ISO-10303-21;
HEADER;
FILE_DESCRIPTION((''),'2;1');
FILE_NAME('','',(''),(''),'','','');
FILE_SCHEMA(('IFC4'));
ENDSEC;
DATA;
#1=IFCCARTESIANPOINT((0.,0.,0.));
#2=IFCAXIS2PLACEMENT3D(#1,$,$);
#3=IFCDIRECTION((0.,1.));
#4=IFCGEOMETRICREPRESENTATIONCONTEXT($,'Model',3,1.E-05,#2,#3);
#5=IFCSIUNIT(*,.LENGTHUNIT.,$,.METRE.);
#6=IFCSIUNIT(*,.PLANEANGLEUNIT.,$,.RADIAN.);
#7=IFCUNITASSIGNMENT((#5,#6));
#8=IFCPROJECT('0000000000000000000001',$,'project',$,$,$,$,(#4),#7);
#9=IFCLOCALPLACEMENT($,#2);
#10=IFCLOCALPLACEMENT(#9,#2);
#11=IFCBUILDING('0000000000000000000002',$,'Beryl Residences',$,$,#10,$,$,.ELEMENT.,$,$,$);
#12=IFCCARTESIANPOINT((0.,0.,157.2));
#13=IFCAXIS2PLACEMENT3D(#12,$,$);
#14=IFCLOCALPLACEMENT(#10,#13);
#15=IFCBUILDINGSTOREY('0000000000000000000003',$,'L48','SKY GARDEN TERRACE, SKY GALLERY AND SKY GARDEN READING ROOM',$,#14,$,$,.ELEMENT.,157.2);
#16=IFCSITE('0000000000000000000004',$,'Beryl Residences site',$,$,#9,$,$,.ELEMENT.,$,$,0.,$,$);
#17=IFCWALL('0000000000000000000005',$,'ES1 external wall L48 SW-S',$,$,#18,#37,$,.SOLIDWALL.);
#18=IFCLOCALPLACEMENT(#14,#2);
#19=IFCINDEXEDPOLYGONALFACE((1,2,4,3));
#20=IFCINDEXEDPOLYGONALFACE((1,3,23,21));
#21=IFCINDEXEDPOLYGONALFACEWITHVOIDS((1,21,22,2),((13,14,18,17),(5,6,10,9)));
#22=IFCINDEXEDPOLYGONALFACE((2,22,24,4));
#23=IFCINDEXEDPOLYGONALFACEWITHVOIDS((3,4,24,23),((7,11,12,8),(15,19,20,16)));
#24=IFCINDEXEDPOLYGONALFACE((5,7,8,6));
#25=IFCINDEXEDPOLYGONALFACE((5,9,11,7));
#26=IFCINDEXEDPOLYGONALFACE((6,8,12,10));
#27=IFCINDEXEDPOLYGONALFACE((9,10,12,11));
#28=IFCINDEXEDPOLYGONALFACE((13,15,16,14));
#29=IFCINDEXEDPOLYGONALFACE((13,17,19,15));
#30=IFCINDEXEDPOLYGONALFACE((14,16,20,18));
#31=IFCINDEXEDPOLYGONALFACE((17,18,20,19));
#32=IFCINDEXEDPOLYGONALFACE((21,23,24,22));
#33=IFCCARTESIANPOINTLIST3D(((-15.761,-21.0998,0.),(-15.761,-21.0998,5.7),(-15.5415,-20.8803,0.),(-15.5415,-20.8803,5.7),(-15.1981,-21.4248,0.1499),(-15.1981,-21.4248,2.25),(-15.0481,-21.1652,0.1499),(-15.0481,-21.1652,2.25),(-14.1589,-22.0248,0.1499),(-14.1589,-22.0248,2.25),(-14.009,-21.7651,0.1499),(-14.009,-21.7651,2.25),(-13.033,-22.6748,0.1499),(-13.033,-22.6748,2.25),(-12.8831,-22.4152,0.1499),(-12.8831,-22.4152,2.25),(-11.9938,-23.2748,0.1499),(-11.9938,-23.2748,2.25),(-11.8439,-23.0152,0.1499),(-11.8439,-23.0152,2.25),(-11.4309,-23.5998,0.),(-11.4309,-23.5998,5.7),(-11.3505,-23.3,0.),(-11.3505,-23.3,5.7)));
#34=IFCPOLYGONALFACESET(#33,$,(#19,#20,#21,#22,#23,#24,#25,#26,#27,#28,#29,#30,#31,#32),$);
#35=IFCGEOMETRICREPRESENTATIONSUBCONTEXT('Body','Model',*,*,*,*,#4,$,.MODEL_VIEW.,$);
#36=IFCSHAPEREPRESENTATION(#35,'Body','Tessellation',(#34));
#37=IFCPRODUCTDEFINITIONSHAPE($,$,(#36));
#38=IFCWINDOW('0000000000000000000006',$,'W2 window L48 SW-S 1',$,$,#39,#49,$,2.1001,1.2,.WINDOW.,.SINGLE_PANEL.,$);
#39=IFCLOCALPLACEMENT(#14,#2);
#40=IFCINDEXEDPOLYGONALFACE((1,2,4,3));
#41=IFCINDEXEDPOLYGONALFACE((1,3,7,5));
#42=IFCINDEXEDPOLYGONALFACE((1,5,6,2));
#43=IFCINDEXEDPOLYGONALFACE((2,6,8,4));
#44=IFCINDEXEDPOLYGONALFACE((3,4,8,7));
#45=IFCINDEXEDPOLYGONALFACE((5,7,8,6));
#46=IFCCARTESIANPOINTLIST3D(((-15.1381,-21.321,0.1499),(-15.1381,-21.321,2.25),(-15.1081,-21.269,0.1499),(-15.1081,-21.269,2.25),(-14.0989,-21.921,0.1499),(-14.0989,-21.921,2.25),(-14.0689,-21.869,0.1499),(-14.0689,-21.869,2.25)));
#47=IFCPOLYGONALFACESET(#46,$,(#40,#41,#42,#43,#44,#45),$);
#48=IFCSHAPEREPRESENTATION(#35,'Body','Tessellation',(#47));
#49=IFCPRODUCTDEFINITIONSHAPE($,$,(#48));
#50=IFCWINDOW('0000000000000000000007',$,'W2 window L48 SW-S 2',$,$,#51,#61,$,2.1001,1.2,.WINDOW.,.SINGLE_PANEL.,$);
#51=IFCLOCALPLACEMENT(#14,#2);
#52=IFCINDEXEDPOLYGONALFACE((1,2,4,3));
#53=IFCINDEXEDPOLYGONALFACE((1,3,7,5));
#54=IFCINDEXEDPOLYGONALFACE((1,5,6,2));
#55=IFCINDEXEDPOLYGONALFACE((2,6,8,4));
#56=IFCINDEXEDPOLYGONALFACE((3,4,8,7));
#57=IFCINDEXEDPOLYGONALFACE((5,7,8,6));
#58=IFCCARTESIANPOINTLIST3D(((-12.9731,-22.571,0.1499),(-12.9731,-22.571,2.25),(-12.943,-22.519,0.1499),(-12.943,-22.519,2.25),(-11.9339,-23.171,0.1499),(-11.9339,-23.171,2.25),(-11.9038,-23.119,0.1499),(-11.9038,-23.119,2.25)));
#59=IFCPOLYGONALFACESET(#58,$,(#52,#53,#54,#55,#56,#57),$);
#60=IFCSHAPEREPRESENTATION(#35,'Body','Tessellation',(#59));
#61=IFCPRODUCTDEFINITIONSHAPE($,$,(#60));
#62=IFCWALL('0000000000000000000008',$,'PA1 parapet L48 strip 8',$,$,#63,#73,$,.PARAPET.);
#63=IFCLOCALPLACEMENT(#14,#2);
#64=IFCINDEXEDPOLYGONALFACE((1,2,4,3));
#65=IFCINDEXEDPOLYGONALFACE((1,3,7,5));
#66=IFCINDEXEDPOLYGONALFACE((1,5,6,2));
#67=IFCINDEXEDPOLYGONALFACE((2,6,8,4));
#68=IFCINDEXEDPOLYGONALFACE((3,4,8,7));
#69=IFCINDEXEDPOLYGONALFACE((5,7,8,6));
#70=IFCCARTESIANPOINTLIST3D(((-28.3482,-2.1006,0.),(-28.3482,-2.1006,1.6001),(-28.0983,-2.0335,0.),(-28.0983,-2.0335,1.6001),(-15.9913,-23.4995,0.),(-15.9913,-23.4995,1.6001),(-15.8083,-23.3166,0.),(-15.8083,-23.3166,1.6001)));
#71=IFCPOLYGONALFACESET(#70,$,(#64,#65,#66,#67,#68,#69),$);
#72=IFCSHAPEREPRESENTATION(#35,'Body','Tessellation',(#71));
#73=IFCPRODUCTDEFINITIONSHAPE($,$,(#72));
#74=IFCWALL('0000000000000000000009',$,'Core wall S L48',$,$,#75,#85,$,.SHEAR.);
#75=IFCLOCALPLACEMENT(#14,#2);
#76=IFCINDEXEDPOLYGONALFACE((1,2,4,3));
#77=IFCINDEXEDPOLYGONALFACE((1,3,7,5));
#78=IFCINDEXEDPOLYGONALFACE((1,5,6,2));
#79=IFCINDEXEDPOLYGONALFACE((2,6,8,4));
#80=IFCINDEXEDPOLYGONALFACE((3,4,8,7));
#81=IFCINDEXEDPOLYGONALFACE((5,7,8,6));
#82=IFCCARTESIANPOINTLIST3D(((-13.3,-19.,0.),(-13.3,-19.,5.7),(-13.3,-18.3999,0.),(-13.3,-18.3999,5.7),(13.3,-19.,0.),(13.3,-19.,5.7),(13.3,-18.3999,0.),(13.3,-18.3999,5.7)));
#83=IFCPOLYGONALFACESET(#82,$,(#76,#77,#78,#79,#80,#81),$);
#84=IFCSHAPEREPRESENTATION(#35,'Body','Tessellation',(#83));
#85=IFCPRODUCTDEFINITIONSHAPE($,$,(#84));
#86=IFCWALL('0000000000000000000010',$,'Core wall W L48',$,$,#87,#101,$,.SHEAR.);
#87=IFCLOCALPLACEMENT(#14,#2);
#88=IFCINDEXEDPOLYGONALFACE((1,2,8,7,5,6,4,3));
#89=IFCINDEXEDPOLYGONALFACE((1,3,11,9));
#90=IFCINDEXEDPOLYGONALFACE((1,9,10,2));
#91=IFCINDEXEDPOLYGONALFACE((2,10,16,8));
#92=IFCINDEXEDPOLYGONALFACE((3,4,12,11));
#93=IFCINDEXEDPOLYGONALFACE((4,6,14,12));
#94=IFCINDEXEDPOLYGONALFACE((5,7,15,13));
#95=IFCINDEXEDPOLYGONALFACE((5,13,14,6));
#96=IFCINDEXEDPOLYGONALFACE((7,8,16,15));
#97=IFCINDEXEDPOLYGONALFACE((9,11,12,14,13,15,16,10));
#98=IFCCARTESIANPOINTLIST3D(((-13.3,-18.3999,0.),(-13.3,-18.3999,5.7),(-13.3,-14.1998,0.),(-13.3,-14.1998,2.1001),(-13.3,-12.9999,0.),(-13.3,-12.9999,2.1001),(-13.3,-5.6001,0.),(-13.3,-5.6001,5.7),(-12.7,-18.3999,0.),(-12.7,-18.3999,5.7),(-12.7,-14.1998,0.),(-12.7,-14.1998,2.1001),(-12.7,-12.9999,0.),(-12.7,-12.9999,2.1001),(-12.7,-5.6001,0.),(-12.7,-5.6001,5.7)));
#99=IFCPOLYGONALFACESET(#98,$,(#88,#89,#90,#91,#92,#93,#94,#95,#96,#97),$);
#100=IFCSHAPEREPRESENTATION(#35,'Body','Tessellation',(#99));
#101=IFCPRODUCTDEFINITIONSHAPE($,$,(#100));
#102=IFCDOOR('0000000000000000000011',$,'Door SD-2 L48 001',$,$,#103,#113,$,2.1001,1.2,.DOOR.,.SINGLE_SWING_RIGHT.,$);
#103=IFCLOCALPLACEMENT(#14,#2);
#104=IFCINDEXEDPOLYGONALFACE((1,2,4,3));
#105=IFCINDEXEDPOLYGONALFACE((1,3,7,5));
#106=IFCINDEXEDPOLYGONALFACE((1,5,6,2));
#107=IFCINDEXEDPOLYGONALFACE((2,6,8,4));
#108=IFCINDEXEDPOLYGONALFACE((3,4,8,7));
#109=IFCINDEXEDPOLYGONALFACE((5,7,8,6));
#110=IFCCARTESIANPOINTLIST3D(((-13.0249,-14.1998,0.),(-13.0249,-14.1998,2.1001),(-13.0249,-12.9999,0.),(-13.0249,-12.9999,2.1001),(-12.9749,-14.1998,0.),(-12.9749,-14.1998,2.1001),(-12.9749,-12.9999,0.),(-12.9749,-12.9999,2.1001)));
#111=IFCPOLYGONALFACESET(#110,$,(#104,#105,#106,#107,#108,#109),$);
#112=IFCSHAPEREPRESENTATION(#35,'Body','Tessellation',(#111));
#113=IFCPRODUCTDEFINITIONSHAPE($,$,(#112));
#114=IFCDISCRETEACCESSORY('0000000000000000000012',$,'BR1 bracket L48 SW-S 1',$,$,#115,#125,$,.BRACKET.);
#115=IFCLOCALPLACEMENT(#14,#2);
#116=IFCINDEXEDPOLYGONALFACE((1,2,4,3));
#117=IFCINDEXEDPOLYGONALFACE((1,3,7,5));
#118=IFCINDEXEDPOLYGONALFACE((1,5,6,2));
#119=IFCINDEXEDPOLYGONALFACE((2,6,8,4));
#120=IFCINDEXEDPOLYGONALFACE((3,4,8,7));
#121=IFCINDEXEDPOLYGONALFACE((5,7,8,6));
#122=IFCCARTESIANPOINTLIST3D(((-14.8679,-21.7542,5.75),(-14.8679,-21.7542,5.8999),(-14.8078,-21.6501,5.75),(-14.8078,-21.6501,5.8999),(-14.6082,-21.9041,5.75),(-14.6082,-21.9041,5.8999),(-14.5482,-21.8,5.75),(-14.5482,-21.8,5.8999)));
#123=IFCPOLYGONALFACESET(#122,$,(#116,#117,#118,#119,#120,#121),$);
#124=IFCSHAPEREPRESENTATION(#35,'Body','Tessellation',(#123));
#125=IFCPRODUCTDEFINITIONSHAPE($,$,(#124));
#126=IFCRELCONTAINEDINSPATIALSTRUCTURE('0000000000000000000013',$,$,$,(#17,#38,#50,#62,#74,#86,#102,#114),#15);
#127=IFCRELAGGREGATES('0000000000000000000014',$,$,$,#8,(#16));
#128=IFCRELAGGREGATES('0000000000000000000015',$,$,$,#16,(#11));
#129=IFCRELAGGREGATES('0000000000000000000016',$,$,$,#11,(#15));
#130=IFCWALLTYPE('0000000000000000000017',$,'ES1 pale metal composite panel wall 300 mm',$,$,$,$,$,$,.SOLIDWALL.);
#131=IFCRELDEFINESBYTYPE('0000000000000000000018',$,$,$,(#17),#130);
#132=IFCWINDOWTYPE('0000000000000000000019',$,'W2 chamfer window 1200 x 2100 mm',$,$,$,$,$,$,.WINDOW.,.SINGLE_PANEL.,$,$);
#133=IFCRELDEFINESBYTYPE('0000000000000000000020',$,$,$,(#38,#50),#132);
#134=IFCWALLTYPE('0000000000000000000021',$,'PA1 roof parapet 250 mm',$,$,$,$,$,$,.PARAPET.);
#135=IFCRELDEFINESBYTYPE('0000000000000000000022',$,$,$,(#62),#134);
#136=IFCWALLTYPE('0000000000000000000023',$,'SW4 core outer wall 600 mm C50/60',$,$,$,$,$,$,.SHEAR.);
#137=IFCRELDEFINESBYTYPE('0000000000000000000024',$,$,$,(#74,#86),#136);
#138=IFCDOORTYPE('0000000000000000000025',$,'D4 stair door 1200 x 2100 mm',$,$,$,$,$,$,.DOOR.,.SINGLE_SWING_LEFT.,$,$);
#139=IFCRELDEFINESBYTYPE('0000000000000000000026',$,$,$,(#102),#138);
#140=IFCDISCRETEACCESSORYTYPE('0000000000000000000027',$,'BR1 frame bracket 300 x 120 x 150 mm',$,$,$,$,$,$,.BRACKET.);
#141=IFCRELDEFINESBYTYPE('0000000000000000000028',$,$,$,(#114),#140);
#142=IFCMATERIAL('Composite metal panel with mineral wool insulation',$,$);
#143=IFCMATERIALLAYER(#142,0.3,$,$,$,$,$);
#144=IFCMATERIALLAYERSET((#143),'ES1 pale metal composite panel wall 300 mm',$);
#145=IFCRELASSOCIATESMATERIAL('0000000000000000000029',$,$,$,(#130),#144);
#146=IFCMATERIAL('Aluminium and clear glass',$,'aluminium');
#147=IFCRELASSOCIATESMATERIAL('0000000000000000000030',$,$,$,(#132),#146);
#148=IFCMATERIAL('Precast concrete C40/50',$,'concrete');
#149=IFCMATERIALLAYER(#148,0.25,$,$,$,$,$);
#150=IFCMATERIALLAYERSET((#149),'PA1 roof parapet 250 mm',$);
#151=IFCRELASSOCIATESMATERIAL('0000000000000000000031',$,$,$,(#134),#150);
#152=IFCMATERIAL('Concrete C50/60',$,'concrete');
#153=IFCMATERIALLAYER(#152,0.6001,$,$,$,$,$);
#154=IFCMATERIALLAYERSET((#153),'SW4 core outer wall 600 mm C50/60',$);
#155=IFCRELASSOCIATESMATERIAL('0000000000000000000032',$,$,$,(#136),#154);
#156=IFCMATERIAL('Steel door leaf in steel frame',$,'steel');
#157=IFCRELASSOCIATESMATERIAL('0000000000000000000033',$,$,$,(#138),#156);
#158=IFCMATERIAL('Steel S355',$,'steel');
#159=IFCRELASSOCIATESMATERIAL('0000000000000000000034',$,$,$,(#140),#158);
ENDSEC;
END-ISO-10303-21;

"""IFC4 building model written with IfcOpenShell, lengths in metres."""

from ifc_helpers import new_model, si_unit, direction, frame, frame_2d, origin, place, context, subcontext, project, spatial, polyline, rectangle, outline, extrude, source, transform, mapped, material, layer, layer_set, type_object, type_shapes, element, fill, save


model = new_model("IFC4")

# Units and contexts
model_context = context("Model", 3, precision=1e-05, world=origin(), true_north=direction((0.0, 1.0)))
body_context = subcontext(model_context, "Body", "Model", "MODEL_VIEW")
ifc_project = project(units=[si_unit("LENGTHUNIT", "METRE"), si_unit("PLANEANGLEUNIT", "RADIAN")], contexts=[model_context])

# Site, building, storey
site_placement = place(None, origin())
site = spatial("IfcSite", under=ifc_project, at=site_placement, Name="Beryl Residences site", CompositionType="ELEMENT", RefElevation=0.0)
building_placement = place(site_placement, origin())
building = spatial("IfcBuilding", under=site, at=building_placement, Name="Beryl Residences", CompositionType="ELEMENT")
storey_placement = place(building_placement, frame((0.0, 0.0, 157.2)))
storey = spatial("IfcBuildingStorey", under=building, at=storey_placement, Name="L48", Description="SKY GARDEN TERRACE, SKY GALLERY AND SKY GARDEN READING ROOM", CompositionType="ELEMENT", Elevation=157.2)

# Wall, openings, windows
ifc_material_1 = material(Name="Composite metal panel with mineral wool insulation")
ifc_layer_1 = layer(ifc_material_1, 0.3)
ifc_layer_set_1 = layer_set([ifc_layer_1], Name="ES1 pale metal composite panel wall 300 mm")
wall_type_1 = type_object("IfcWallType", Name="ES1 pale metal composite panel wall 300 mm", PredefinedType="SOLIDWALL", material=ifc_layer_set_1)
wall_1_placement = place(storey_placement, frame((-15.686, -20.97, 0.0), z_axis=(0.0, 0.0, 1.0), x_axis=(0.866023, -0.500004, 0.0)))
wall_1 = element("IfcWall", 1, at=wall_1_placement, inside=storey, type_object=wall_type_1, Name="ES1 external wall L48 SW-S", PredefinedType="SOLIDWALL", context=body_context, shape_type="SweptSolid", body=[
    extrude(outline(polyline([(0.0, -0.1499), (5.0, -0.1499), (4.9197, 0.1499), (0.0803, 0.1499), (0.0, -0.1499)])), origin(), (0.0, 0.0, 1.0), 5.7),
])
opening_1_placement = place(wall_1_placement, frame((0.6499, 0.0, 0.1499)))
opening_1 = element("IfcOpeningElement", 2, at=opening_1_placement, cuts=wall_1, PredefinedType="OPENING", context=body_context, shape_type="SweptSolid", body=[
    extrude(rectangle(XDim=1.2, YDim=2.1001, at=frame_2d((0.6001, 1.05))), frame((0.0, 0.1599, 0.0), z_axis=(0.0, -1.0, 0.0), x_axis=(1.0, 0.0, 0.0)), (0.0, 0.0, 1.0), 0.3201),
])
opening_2_placement = place(wall_1_placement, frame((3.1499, 0.0, 0.1499)))
opening_2 = element("IfcOpeningElement", 3, at=opening_2_placement, cuts=wall_1, PredefinedType="OPENING", context=body_context, shape_type="SweptSolid", body=[
    extrude(rectangle(XDim=1.2, YDim=2.1001, at=frame_2d((0.6001, 1.05))), frame((0.0, 0.1599, 0.0), z_axis=(0.0, -1.0, 0.0), x_axis=(1.0, 0.0, 0.0)), (0.0, 0.0, 1.0), 0.3201),
])
ifc_material_2 = material(Name="Aluminium and clear glass", Category="aluminium")
window_type = type_object("IfcWindowType", Name="W2 chamfer window 1200 x 2100 mm", PartitioningType="SINGLE_PANEL", PredefinedType="WINDOW", material=ifc_material_2)
window_1_placement = place(opening_1_placement, origin())
window_1 = element("IfcWindow", 4, at=window_1_placement, inside=storey, type_object=window_type, Name="W2 window L48 SW-S 1", OverallHeight=2.1001, OverallWidth=1.2, PartitioningType="SINGLE_PANEL", PredefinedType="WINDOW", context=body_context, shape_type="SweptSolid", body=[
    extrude(rectangle(XDim=1.2, YDim=2.1001, at=frame_2d((0.6001, 1.05))), frame((0.0, 0.03, 0.0), z_axis=(0.0, -1.0, 0.0), x_axis=(1.0, 0.0, 0.0)), (0.0, 0.0, 1.0), 0.0601),
])
fill(opening_1, window_1)
window_2_placement = place(opening_2_placement, origin())
window_2 = element("IfcWindow", 5, at=window_2_placement, inside=storey, type_object=window_type, Name="W2 window L48 SW-S 2", OverallHeight=2.1001, OverallWidth=1.2, PartitioningType="SINGLE_PANEL", PredefinedType="WINDOW", context=body_context, shape_type="SweptSolid", body=[
    extrude(rectangle(XDim=1.2, YDim=2.1001, at=frame_2d((0.6001, 1.05))), frame((0.0, 0.03, 0.0), z_axis=(0.0, -1.0, 0.0), x_axis=(1.0, 0.0, 0.0)), (0.0, 0.0, 1.0), 0.0601),
])
fill(opening_2, window_2)

# Walls
ifc_material_3 = material(Name="Precast concrete C40/50", Category="concrete")
ifc_layer_2 = layer(ifc_material_3, 0.25)
ifc_layer_set_2 = layer_set([ifc_layer_2], Name="PA1 roof parapet 250 mm")
wall_type_2 = type_object("IfcWallType", Name="PA1 roof parapet 250 mm", PredefinedType="PARAPET", material=ifc_layer_set_2)
wall_2_placement = place(storey_placement, frame((-15.8831, -23.437, 0.0), z_axis=(0.0, 0.0, 1.0), x_axis=(-0.500069, 0.865986, 0.0)))
element("IfcWall", 6, at=wall_2_placement, inside=storey, type_object=wall_type_2, Name="PA1 parapet L48 strip 8", PredefinedType="PARAPET", context=body_context, shape_type="SweptSolid", body=[
    extrude(outline(polyline([(0.0669, -0.125), (24.6436, -0.125), (24.7104, 0.125), (0.0, 0.125), (0.0669, -0.125)])), origin(), (0.0, 0.0, 1.0), 1.6001),
])
ifc_material_4 = material(Name="Concrete C50/60", Category="concrete")
ifc_layer_3 = layer(ifc_material_4, 0.6001)
ifc_layer_set_3 = layer_set([ifc_layer_3], Name="SW4 core outer wall 600 mm C50/60")
wall_type_3 = type_object("IfcWallType", Name="SW4 core outer wall 600 mm C50/60", PredefinedType="SHEAR", material=ifc_layer_set_3)
wall_3_placement = place(storey_placement, frame((-13.3, -18.7, 0.0), z_axis=(0.0, 0.0, 1.0), x_axis=(1.0, 0.0, 0.0)))
element("IfcWall", 7, at=wall_3_placement, inside=storey, type_object=wall_type_3, Name="Core wall S L48", PredefinedType="SHEAR", context=body_context, shape_type="SweptSolid", body=[
    extrude(rectangle(XDim=26.6001, YDim=0.6001, at=frame_2d((13.3, 0.0))), origin(), (0.0, 0.0, 1.0), 5.7),
])

# Wall, opening, door
wall_4_placement = place(storey_placement, frame((-13.0, -18.3999, 0.0), z_axis=(0.0, 0.0, 1.0), x_axis=(0.0, 1.0, 0.0)))
wall_4 = element("IfcWall", 8, at=wall_4_placement, inside=storey, type_object=wall_type_3, Name="Core wall W L48", PredefinedType="SHEAR", context=body_context, shape_type="SweptSolid", body=[
    extrude(rectangle(XDim=12.7998, YDim=0.6001, at=frame_2d((6.3999, 0.0))), origin(), (0.0, 0.0, 1.0), 5.7),
])
opening_3_placement = place(wall_4_placement, frame((4.2, 0.0, 0.0)))
opening_3 = element("IfcOpeningElement", 9, at=opening_3_placement, cuts=wall_4, PredefinedType="OPENING", context=body_context, shape_type="SweptSolid", body=[
    extrude(rectangle(XDim=1.2, YDim=2.1001, at=frame_2d((0.6001, 1.05))), frame((0.0, 0.3101, 0.0), z_axis=(0.0, -1.0, 0.0), x_axis=(1.0, 0.0, 0.0)), (0.0, 0.0, 1.0), 0.6201),
])
ifc_material_5 = material(Name="Steel door leaf in steel frame", Category="steel")
door_type = type_object("IfcDoorType", Name="D4 stair door 1200 x 2100 mm", OperationType="SINGLE_SWING_LEFT", PredefinedType="DOOR", material=ifc_material_5)
door_placement = place(opening_3_placement, origin())
door = element("IfcDoor", 10, at=door_placement, inside=storey, type_object=door_type, Name="Door SD-2 L48 001", OperationType="SINGLE_SWING_RIGHT", OverallHeight=2.1001, OverallWidth=1.2, PredefinedType="DOOR", context=body_context, shape_type="SweptSolid", body=[
    extrude(rectangle(XDim=1.2, YDim=2.1001, at=frame_2d((0.6001, 1.05))), frame((0.0, 0.0249, 0.0), z_axis=(0.0, -1.0, 0.0), x_axis=(1.0, 0.0, 0.0)), (0.0, 0.0, 1.0), 0.05),
])
fill(opening_3, door)

# Discrete accessory
ifc_material_6 = material(Name="Steel S355", Category="steel")
discrete_accessory_type = type_object("IfcDiscreteAccessoryType", Name="BR1 frame bracket 300 x 120 x 150 mm", PredefinedType="BRACKET", material=ifc_material_6)
shared_shape_1 = source(origin(), body_context, "Body", "SweptSolid", [
    extrude(outline(polyline([(-0.1499, 0.0), (0.1499, 0.0), (0.1499, 0.1201), (-0.1499, 0.1201), (-0.1499, 0.0)])), origin(), (0.0, 0.0, 1.0), 0.1499),
])
type_shapes(discrete_accessory_type, [shared_shape_1])
discrete_accessory_placement = place(storey_placement, frame((-14.678, -21.7251, 5.75), z_axis=(0.0, 0.0, 1.0), x_axis=(-0.866025, 0.5, 0.0)))
element("IfcDiscreteAccessory", 11, at=discrete_accessory_placement, inside=storey, type_object=discrete_accessory_type, Name="BR1 bracket L48 SW-S 1", PredefinedType="BRACKET", context=body_context, shape_type="MappedRepresentation", body=[
    mapped(shared_shape_1, transform((0.0, 0.0, 0.0))),
])

save(model, "model.ifc")
